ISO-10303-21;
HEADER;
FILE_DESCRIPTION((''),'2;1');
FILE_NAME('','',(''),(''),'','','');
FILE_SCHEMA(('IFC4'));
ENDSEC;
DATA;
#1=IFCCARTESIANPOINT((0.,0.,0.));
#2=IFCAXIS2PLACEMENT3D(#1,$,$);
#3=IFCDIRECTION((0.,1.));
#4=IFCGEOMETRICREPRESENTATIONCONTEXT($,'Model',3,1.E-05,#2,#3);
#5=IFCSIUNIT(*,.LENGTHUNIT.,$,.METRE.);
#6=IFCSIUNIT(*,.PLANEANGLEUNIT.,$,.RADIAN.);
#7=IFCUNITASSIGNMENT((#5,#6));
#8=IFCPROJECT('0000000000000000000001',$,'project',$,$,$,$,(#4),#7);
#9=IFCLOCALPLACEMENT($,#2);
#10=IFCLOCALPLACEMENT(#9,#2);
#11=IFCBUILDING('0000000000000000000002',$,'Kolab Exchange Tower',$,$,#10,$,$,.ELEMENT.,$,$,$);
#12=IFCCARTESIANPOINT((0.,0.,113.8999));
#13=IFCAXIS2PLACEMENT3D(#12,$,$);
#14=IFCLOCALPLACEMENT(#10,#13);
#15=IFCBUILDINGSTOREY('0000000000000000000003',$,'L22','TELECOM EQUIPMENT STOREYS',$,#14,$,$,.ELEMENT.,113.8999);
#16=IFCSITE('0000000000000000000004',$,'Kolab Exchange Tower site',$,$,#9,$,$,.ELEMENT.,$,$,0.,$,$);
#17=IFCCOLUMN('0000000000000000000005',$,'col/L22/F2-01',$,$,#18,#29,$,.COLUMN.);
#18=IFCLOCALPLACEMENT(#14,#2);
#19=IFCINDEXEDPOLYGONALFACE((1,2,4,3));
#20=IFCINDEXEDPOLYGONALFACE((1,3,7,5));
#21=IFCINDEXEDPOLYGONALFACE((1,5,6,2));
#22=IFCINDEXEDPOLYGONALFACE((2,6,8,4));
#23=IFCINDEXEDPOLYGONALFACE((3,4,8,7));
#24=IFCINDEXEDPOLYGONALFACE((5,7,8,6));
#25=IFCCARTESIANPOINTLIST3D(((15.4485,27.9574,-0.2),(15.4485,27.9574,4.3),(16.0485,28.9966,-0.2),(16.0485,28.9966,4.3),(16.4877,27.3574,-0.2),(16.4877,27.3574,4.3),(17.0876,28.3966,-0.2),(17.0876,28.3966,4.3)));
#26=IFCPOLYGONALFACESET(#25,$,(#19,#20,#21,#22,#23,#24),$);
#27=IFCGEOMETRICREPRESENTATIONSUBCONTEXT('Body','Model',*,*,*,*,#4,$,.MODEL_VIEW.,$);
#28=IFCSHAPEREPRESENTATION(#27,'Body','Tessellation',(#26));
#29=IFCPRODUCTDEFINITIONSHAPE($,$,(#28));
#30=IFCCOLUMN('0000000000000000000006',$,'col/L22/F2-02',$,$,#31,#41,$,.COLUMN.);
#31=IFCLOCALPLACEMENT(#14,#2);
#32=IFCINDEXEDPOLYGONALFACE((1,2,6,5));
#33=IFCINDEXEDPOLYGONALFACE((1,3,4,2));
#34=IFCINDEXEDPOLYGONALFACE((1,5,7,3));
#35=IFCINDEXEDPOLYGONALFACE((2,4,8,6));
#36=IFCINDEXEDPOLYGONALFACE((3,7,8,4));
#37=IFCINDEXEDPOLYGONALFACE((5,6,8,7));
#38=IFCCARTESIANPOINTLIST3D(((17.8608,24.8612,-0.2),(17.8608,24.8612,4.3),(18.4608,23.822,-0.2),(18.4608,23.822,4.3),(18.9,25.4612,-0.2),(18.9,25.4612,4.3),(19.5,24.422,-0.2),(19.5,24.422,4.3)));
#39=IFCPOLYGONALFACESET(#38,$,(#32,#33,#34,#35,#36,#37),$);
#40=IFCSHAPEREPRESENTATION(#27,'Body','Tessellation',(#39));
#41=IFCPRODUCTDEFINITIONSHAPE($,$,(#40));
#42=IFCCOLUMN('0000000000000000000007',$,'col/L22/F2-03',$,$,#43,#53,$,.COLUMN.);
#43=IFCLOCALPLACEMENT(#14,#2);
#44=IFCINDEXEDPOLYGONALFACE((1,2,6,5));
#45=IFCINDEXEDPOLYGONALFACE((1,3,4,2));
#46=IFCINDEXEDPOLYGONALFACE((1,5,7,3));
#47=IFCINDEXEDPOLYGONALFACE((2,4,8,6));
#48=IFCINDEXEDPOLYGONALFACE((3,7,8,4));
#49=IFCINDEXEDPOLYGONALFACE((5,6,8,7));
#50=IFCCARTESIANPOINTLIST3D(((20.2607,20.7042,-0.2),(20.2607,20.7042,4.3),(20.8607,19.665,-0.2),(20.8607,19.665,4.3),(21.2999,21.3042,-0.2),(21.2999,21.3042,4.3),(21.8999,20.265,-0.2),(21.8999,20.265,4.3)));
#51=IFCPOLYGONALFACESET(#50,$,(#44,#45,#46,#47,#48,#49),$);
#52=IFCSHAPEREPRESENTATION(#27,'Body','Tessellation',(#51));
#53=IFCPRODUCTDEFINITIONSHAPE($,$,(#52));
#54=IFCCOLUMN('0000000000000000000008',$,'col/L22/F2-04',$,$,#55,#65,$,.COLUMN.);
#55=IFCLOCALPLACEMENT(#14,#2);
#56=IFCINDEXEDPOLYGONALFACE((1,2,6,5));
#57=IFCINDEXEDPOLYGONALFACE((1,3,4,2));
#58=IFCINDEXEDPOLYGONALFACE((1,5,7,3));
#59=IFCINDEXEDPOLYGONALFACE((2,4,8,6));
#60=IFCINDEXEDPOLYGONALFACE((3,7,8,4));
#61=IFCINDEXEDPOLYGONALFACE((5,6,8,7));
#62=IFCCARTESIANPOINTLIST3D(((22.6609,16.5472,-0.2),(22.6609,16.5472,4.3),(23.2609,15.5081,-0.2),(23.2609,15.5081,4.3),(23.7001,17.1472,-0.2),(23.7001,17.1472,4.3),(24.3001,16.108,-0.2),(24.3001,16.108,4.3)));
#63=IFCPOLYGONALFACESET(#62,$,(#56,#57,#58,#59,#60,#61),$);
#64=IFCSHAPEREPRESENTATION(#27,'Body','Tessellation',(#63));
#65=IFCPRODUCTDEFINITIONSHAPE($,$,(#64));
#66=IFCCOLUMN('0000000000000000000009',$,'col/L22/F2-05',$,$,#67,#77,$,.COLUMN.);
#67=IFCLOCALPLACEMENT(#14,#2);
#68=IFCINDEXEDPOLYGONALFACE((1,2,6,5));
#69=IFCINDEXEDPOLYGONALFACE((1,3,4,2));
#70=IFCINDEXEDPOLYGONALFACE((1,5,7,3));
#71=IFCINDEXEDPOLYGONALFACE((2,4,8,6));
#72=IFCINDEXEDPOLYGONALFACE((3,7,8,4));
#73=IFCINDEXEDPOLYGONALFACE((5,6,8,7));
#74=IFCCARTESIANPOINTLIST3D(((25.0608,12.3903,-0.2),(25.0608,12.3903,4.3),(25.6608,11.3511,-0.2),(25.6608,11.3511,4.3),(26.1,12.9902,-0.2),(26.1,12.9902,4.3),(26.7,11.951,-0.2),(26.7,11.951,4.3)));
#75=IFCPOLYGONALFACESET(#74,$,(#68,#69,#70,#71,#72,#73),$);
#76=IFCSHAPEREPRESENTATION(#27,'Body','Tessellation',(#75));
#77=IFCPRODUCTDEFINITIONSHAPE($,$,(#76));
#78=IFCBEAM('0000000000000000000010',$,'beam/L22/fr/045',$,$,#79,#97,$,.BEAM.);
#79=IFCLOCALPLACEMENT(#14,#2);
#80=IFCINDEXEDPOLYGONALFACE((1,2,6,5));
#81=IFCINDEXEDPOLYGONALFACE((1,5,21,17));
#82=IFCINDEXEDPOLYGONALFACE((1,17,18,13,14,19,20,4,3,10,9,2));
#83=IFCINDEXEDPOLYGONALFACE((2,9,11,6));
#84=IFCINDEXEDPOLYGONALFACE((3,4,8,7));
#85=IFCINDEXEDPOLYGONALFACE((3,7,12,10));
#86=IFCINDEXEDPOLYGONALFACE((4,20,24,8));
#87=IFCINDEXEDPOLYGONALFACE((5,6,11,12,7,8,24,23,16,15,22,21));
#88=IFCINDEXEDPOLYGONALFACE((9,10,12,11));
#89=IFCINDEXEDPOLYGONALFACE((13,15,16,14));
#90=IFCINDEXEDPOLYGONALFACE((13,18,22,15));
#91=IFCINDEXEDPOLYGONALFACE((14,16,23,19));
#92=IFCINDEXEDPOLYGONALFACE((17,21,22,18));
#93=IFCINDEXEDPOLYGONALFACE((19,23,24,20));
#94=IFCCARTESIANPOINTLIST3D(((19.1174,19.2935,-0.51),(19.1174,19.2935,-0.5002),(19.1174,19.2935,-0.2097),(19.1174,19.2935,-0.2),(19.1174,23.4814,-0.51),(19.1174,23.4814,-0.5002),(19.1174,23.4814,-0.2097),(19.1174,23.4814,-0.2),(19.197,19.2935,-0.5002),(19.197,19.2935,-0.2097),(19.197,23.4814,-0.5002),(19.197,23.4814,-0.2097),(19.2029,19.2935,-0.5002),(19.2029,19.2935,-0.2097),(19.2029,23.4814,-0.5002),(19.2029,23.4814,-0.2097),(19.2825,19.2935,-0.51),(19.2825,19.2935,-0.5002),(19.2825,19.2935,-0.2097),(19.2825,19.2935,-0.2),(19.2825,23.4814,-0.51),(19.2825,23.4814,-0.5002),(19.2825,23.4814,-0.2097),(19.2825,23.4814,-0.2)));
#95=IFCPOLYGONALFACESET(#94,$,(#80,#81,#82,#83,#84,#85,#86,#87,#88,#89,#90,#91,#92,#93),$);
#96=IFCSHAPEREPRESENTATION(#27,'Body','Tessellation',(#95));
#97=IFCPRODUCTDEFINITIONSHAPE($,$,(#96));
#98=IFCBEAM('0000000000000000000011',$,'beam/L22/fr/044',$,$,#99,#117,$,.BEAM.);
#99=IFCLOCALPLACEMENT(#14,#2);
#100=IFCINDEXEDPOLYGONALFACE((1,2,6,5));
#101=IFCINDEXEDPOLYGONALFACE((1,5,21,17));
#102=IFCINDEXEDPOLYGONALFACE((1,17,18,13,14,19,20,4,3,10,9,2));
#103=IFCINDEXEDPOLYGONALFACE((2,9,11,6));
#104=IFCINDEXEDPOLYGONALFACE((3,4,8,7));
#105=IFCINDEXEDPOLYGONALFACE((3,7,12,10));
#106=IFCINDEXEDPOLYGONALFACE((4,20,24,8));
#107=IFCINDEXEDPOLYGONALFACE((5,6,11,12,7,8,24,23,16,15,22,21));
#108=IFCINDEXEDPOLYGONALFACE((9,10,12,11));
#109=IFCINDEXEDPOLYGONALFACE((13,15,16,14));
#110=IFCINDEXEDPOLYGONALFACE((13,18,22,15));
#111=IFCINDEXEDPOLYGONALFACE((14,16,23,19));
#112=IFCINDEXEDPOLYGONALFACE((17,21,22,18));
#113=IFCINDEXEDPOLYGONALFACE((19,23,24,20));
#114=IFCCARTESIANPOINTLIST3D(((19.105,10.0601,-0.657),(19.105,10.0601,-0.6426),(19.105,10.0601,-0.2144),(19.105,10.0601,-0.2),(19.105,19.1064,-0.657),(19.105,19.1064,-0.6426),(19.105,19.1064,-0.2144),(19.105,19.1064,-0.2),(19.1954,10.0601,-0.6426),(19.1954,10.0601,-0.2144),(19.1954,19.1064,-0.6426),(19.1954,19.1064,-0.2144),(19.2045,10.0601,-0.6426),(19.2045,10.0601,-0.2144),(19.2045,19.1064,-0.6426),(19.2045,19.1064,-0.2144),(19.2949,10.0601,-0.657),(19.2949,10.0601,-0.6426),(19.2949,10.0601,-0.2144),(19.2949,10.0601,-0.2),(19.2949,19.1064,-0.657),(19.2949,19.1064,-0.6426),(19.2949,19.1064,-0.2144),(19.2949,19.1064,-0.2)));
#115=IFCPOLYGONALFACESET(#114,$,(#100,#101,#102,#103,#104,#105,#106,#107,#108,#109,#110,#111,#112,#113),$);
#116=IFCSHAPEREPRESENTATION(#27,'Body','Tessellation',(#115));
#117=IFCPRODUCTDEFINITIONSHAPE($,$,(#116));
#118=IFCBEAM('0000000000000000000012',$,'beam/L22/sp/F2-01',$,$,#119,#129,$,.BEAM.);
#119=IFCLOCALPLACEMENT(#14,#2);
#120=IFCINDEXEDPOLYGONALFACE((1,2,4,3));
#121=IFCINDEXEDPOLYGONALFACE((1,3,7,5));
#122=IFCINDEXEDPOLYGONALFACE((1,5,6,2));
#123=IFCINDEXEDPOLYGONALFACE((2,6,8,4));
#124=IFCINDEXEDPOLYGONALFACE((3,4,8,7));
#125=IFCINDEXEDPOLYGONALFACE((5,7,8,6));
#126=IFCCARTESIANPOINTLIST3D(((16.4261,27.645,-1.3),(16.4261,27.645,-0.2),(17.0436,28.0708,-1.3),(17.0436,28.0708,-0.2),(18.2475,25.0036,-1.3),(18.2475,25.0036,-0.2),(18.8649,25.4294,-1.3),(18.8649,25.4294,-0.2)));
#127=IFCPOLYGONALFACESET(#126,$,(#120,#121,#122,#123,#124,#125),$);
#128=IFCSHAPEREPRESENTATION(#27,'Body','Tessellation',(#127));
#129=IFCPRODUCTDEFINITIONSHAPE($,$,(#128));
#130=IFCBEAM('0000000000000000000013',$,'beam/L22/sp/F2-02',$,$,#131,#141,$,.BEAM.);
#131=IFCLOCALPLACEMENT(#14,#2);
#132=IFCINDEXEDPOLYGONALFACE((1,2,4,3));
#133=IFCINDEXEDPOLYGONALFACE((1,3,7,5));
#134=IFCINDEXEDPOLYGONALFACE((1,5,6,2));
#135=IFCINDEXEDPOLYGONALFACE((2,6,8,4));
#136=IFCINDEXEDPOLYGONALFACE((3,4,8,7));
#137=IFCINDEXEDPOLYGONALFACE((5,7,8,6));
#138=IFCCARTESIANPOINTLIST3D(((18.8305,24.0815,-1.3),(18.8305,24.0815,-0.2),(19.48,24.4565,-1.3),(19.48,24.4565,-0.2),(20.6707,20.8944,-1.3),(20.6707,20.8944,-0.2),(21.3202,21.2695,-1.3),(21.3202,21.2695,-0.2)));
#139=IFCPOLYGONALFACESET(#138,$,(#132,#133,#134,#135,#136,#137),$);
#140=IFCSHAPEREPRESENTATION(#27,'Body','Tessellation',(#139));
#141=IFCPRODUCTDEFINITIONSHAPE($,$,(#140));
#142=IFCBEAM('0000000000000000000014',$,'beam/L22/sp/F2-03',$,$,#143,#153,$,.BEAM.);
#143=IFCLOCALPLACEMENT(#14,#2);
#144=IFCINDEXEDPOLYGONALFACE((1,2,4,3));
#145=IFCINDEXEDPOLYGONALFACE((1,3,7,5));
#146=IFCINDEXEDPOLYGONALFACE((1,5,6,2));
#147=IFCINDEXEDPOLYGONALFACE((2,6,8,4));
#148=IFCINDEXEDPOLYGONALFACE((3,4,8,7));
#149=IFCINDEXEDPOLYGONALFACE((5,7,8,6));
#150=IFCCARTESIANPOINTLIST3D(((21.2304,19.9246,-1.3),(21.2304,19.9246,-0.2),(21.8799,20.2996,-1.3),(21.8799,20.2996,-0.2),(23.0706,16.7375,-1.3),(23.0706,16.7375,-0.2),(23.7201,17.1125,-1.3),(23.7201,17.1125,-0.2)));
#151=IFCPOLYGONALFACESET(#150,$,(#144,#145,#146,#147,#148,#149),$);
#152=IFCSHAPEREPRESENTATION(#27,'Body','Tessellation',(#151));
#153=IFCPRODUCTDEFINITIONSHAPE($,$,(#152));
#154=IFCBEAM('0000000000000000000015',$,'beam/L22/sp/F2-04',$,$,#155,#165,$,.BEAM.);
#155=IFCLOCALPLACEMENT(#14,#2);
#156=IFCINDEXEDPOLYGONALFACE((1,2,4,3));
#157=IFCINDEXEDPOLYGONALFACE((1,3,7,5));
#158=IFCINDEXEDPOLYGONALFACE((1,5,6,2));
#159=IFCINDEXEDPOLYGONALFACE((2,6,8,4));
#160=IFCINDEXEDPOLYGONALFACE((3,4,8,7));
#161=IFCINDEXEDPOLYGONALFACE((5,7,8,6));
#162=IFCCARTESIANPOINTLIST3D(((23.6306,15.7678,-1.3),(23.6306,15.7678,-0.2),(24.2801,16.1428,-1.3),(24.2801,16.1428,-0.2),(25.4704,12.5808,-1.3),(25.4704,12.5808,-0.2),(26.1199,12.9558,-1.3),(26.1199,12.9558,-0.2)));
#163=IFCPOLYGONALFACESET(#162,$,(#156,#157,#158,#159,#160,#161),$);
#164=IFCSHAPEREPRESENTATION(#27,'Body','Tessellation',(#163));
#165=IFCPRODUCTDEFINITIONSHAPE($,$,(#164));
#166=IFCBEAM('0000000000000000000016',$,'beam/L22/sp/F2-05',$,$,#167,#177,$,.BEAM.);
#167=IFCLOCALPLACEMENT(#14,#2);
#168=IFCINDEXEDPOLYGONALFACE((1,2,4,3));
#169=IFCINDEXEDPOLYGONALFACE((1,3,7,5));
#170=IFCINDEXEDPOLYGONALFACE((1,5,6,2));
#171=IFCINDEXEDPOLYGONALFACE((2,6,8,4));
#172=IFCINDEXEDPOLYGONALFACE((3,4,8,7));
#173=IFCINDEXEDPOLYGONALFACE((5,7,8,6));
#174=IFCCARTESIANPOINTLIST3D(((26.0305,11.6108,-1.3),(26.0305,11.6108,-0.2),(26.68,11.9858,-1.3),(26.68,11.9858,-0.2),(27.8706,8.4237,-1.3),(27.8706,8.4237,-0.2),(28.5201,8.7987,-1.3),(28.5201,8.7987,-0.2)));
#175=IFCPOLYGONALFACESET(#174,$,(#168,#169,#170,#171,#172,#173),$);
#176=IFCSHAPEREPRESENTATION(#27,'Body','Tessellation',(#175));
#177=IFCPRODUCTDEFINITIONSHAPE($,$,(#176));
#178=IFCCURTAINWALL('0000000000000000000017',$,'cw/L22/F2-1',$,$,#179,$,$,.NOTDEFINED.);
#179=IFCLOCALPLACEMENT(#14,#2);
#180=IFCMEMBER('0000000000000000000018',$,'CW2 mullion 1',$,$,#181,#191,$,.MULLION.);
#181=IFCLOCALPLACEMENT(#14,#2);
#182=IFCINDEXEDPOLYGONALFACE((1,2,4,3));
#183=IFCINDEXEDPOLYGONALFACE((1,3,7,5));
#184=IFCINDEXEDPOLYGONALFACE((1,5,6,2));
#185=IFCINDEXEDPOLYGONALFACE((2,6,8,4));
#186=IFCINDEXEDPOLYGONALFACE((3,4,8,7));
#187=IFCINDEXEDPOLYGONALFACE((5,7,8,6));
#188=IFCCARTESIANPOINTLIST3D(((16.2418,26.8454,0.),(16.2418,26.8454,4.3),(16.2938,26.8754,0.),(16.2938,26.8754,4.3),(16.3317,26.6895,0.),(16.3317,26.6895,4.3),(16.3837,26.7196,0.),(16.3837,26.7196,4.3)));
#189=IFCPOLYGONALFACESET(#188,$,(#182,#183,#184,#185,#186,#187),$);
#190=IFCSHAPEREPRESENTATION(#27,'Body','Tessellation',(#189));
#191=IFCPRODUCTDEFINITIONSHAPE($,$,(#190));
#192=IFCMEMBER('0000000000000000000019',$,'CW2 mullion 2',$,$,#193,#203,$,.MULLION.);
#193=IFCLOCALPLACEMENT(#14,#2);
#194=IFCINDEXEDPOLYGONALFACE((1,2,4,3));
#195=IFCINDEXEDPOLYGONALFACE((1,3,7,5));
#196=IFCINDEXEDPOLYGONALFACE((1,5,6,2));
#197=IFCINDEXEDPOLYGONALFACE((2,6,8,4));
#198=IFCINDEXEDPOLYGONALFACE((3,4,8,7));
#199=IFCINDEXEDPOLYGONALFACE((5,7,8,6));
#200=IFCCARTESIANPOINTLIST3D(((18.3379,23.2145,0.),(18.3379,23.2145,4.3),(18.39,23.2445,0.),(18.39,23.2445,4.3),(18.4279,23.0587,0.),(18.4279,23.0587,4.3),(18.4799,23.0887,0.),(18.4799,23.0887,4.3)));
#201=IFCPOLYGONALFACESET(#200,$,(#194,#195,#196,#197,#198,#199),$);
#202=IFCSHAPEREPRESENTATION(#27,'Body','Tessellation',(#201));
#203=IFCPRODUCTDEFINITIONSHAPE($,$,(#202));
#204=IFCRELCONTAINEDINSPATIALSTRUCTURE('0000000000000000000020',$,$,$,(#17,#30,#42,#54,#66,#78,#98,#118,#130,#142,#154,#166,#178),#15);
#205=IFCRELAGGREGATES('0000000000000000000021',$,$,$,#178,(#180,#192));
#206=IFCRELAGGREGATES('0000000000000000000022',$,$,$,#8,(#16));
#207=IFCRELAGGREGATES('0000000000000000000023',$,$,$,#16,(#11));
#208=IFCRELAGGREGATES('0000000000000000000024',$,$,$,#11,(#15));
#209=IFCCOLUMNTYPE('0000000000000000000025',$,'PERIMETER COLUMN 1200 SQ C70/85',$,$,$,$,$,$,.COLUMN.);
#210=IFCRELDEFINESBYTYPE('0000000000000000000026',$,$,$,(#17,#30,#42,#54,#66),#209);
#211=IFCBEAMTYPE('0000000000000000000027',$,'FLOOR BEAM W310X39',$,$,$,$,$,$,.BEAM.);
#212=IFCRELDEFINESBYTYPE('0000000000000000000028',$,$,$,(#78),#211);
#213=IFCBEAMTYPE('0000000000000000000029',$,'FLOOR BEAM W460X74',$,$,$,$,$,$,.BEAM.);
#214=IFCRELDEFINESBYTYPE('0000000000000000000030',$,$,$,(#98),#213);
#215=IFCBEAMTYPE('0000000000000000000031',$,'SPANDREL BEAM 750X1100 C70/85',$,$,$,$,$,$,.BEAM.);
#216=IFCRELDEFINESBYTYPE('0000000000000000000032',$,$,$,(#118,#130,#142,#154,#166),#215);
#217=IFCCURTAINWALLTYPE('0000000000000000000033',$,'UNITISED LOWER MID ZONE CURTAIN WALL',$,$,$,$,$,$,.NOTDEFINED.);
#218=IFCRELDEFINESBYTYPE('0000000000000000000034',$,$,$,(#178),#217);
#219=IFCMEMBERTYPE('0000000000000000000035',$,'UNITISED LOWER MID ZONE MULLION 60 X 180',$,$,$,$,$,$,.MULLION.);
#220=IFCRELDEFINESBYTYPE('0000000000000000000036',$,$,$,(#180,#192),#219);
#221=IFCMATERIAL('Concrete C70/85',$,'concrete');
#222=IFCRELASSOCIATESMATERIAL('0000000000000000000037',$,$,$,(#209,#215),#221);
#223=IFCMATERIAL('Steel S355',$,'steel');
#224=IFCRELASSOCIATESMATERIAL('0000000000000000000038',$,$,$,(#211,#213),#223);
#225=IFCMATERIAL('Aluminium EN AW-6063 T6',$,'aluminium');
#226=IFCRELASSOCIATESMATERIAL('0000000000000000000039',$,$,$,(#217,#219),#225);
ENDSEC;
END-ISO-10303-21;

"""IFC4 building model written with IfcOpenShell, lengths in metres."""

from ifc_helpers import new_model, si_unit, direction, frame, origin, origin_2d, place, context, subcontext, project, spatial, rectangle, i_section, extrude, material, material_profile, profile_set, type_object, element, aggregate, save


model = new_model("IFC4")

# Units and contexts
model_context = context("Model", 3, precision=1e-05, world=origin(), true_north=direction((0.0, 1.0)))
body_context = subcontext(model_context, "Body", "Model", "MODEL_VIEW")
ifc_project = project(units=[si_unit("LENGTHUNIT", "METRE"), si_unit("PLANEANGLEUNIT", "RADIAN")], contexts=[model_context])

# Site, building, storey
site_placement = place(None, origin())
site = spatial("IfcSite", under=ifc_project, at=site_placement, Name="Kolab Exchange Tower site", CompositionType="ELEMENT", RefElevation=0.0)
building_placement = place(site_placement, origin())
building = spatial("IfcBuilding", under=site, at=building_placement, Name="Kolab Exchange Tower", CompositionType="ELEMENT")
storey_placement = place(building_placement, frame((0.0, 0.0, 113.8999)))
storey = spatial("IfcBuildingStorey", under=building, at=storey_placement, Name="L22", Description="TELECOM EQUIPMENT STOREYS", CompositionType="ELEMENT", Elevation=113.8999)

# Columns
ifc_material_1 = material(Name="Concrete C70/85", Category="concrete")
ifc_material_profile_1 = material_profile(ifc_material_1, rectangle(XDim=1.2, YDim=1.2, at=origin_2d()), Name="RC1200")
ifc_profile_set_1 = profile_set([ifc_material_profile_1], Name="Concrete C70/85")
column_type = type_object("IfcColumnType", Name="PERIMETER COLUMN 1200 SQ C70/85", PredefinedType="COLUMN", material=ifc_profile_set_1)
for number, where, z_axis, x_axis, name in (
    (1, (16.2681, 28.177, -0.2), (0.0, 0.0, 1.0), (0.5, 0.866025, 0.0), "col/L22/F2-01"),
    (2, (18.6804, 24.6416, -0.2), (0.0, 0.0, 1.0), (0.866025, 0.5, 0.0), "col/L22/F2-02"),
    (3, (21.0803, 20.4846, -0.2), (0.0, 0.0, 1.0), (0.866025, 0.5, 0.0), "col/L22/F2-03"),
    (4, (23.4805, 16.3276, -0.2), (0.0, 0.0, 1.0), (0.866025, 0.5, 0.0), "col/L22/F2-04"),
    (5, (25.8804, 12.1707, -0.2), (0.0, 0.0, 1.0), (0.866025, 0.5, 0.0), "col/L22/F2-05"),
):
    element("IfcColumn", number, at=place(storey_placement, frame(where, z_axis=z_axis, x_axis=x_axis)), inside=storey, type_object=column_type, Name=name, PredefinedType="COLUMN", context=body_context, shape_type="SweptSolid", body=[
        extrude(rectangle(XDim=1.2, YDim=1.2, at=origin_2d()), origin(), (0.0, 0.0, 1.0), 4.5),
    ])

# Beams
ifc_material_2 = material(Name="Steel S355", Category="steel")
ifc_material_profile_2 = material_profile(ifc_material_2, i_section(OverallWidth=0.165, OverallDepth=0.3101, WebThickness=0.0059, FlangeThickness=0.0098, at=origin_2d()), Name="W310X39")
ifc_profile_set_2 = profile_set([ifc_material_profile_2], Name="Steel S355")
beam_type_1 = type_object("IfcBeamType", Name="FLOOR BEAM W310X39", PredefinedType="BEAM", material=ifc_profile_set_2)
beam_1_placement = place(storey_placement, frame((19.2, 19.2935, -0.355), z_axis=(0.0, 1.0, 0.0), x_axis=(-1.0, 0.0, 0.0)))
element("IfcBeam", 6, at=beam_1_placement, inside=storey, type_object=beam_type_1, Name="beam/L22/fr/045", PredefinedType="BEAM", context=body_context, shape_type="SweptSolid", body=[
    extrude(i_section(OverallWidth=0.165, OverallDepth=0.3101, WebThickness=0.0059, FlangeThickness=0.0098, at=origin_2d()), origin(), (0.0, 0.0, 1.0), 4.188),
])
ifc_material_profile_3 = material_profile(ifc_material_2, i_section(OverallWidth=0.1899, OverallDepth=0.457, WebThickness=0.009, FlangeThickness=0.0144, at=origin_2d()), Name="W460X74")
ifc_profile_set_3 = profile_set([ifc_material_profile_3], Name="Steel S355")
beam_type_2 = type_object("IfcBeamType", Name="FLOOR BEAM W460X74", PredefinedType="BEAM", material=ifc_profile_set_3)
beam_2_placement = place(storey_placement, frame((19.2, 10.0601, -0.4285), z_axis=(0.0, 1.0, 0.0), x_axis=(-1.0, 0.0, 0.0)))
element("IfcBeam", 7, at=beam_2_placement, inside=storey, type_object=beam_type_2, Name="beam/L22/fr/044", PredefinedType="BEAM", context=body_context, shape_type="SweptSolid", body=[
    extrude(i_section(OverallWidth=0.1899, OverallDepth=0.457, WebThickness=0.009, FlangeThickness=0.0144, at=origin_2d()), origin(), (0.0, 0.0, 1.0), 9.0464),
])
ifc_material_profile_4 = material_profile(ifc_material_1, rectangle(XDim=0.75, YDim=1.1001, at=origin_2d()), Name="RC750X1100")
ifc_profile_set_4 = profile_set([ifc_material_profile_4], Name="Concrete C70/85")
beam_type_3 = type_object("IfcBeamType", Name="SPANDREL BEAM 750X1100 C70/85", PredefinedType="BEAM", material=ifc_profile_set_4)
beam_3_placement = place(storey_placement, frame((16.7349, 27.8579, -0.75), z_axis=(0.567662, -0.823262, 0.0), x_axis=(0.823262, 0.567662, 0.0)))
element("IfcBeam", 8, at=beam_3_placement, inside=storey, type_object=beam_type_3, Name="beam/L22/sp/F2-01", PredefinedType="BEAM", context=body_context, shape_type="SweptSolid", body=[
    extrude(rectangle(XDim=0.75, YDim=1.1001, at=origin_2d()), origin(), (0.0, 0.0, 1.0), 3.2085),
])
for number, where, z_axis, x_axis, name in (
    (9, (19.1553, 24.269, -0.75), (0.500013, -0.866018, 0.0), (0.866018, 0.500013, 0.0), "beam/L22/sp/F2-02"),
    (10, (21.5552, 20.1121, -0.75), (0.500013, -0.866018, 0.0), (0.866018, 0.500013, 0.0), "beam/L22/sp/F2-03"),
):
    element("IfcBeam", number, at=place(storey_placement, frame(where, z_axis=z_axis, x_axis=x_axis)), inside=storey, type_object=beam_type_3, Name=name, PredefinedType="BEAM", context=body_context, shape_type="SweptSolid", body=[
        extrude(rectangle(XDim=0.75, YDim=1.1001, at=origin_2d()), origin(), (0.0, 0.0, 1.0), 3.6802),
    ])
beam_4_placement = place(storey_placement, frame((23.9553, 15.9553, -0.75), z_axis=(0.499964, -0.866046, 0.0), x_axis=(0.866046, 0.499964, 0.0)))
element("IfcBeam", 11, at=beam_4_placement, inside=storey, type_object=beam_type_3, Name="beam/L22/sp/F2-04", PredefinedType="BEAM", context=body_context, shape_type="SweptSolid", body=[
    extrude(rectangle(XDim=0.75, YDim=1.1001, at=origin_2d()), origin(), (0.0, 0.0, 1.0), 3.6799),
])
beam_5_placement = place(storey_placement, frame((26.3552, 11.7983, -0.75), z_axis=(0.500013, -0.866018, 0.0), x_axis=(0.866018, 0.500013, 0.0)))
element("IfcBeam", 12, at=beam_5_placement, inside=storey, type_object=beam_type_3, Name="beam/L22/sp/F2-05", PredefinedType="BEAM", context=body_context, shape_type="SweptSolid", body=[
    extrude(rectangle(XDim=0.75, YDim=1.1001, at=origin_2d()), origin(), (0.0, 0.0, 1.0), 3.6802),
])

# Curtain wall, members
ifc_material_3 = material(Name="Aluminium EN AW-6063 T6", Category="aluminium")
curtain_wall_type = type_object("IfcCurtainWallType", Name="UNITISED LOWER MID ZONE CURTAIN WALL", PredefinedType="NOTDEFINED", material=ifc_material_3)
curtain_wall_1_placement = place(storey_placement, origin())
curtain_wall_1 = element("IfcCurtainWall", 13, at=curtain_wall_1_placement, inside=storey, type_object=curtain_wall_type, Name="cw/L22/F2-1", PredefinedType="NOTDEFINED")
ifc_material_profile_5 = material_profile(ifc_material_3, rectangle(XDim=0.0601, YDim=0.1799, at=origin_2d()), Name="RECT 60X180")
ifc_profile_set_5 = profile_set([ifc_material_profile_5], Name="Aluminium EN AW-6063 T6")
member_type_1 = type_object("IfcMemberType", Name="UNITISED LOWER MID ZONE MULLION 60 X 180", PredefinedType="MULLION", material=ifc_profile_set_5)
member_1_placement = place(storey_placement, frame((16.3127, 26.7825, 0.0), z_axis=(0.0, 0.0, 1.0), x_axis=(0.866025, 0.5, 0.0)))
member_1 = element("IfcMember", 14, at=member_1_placement, type_object=member_type_1, Name="CW2 mullion 1", PredefinedType="MULLION", context=body_context, shape_type="SweptSolid", body=[
    extrude(rectangle(XDim=0.0601, YDim=0.1799, at=origin_2d()), origin(), (0.0, 0.0, 1.0), 4.3),
])
member_2_placement = place(storey_placement, frame((18.4089, 23.1516, 0.0), z_axis=(0.0, 0.0, 1.0), x_axis=(0.866025, 0.5, 0.0)))
member_2 = element("IfcMember", 15, at=member_2_placement, type_object=member_type_1, Name="CW2 mullion 2", PredefinedType="MULLION", context=body_context, shape_type="SweptSolid", body=[
    extrude(rectangle(XDim=0.0601, YDim=0.1799, at=origin_2d()), origin(), (0.0, 0.0, 1.0), 4.3),
])

aggregate(curtain_wall_1, [member_1, member_2])

save(model, "model.ifc")
